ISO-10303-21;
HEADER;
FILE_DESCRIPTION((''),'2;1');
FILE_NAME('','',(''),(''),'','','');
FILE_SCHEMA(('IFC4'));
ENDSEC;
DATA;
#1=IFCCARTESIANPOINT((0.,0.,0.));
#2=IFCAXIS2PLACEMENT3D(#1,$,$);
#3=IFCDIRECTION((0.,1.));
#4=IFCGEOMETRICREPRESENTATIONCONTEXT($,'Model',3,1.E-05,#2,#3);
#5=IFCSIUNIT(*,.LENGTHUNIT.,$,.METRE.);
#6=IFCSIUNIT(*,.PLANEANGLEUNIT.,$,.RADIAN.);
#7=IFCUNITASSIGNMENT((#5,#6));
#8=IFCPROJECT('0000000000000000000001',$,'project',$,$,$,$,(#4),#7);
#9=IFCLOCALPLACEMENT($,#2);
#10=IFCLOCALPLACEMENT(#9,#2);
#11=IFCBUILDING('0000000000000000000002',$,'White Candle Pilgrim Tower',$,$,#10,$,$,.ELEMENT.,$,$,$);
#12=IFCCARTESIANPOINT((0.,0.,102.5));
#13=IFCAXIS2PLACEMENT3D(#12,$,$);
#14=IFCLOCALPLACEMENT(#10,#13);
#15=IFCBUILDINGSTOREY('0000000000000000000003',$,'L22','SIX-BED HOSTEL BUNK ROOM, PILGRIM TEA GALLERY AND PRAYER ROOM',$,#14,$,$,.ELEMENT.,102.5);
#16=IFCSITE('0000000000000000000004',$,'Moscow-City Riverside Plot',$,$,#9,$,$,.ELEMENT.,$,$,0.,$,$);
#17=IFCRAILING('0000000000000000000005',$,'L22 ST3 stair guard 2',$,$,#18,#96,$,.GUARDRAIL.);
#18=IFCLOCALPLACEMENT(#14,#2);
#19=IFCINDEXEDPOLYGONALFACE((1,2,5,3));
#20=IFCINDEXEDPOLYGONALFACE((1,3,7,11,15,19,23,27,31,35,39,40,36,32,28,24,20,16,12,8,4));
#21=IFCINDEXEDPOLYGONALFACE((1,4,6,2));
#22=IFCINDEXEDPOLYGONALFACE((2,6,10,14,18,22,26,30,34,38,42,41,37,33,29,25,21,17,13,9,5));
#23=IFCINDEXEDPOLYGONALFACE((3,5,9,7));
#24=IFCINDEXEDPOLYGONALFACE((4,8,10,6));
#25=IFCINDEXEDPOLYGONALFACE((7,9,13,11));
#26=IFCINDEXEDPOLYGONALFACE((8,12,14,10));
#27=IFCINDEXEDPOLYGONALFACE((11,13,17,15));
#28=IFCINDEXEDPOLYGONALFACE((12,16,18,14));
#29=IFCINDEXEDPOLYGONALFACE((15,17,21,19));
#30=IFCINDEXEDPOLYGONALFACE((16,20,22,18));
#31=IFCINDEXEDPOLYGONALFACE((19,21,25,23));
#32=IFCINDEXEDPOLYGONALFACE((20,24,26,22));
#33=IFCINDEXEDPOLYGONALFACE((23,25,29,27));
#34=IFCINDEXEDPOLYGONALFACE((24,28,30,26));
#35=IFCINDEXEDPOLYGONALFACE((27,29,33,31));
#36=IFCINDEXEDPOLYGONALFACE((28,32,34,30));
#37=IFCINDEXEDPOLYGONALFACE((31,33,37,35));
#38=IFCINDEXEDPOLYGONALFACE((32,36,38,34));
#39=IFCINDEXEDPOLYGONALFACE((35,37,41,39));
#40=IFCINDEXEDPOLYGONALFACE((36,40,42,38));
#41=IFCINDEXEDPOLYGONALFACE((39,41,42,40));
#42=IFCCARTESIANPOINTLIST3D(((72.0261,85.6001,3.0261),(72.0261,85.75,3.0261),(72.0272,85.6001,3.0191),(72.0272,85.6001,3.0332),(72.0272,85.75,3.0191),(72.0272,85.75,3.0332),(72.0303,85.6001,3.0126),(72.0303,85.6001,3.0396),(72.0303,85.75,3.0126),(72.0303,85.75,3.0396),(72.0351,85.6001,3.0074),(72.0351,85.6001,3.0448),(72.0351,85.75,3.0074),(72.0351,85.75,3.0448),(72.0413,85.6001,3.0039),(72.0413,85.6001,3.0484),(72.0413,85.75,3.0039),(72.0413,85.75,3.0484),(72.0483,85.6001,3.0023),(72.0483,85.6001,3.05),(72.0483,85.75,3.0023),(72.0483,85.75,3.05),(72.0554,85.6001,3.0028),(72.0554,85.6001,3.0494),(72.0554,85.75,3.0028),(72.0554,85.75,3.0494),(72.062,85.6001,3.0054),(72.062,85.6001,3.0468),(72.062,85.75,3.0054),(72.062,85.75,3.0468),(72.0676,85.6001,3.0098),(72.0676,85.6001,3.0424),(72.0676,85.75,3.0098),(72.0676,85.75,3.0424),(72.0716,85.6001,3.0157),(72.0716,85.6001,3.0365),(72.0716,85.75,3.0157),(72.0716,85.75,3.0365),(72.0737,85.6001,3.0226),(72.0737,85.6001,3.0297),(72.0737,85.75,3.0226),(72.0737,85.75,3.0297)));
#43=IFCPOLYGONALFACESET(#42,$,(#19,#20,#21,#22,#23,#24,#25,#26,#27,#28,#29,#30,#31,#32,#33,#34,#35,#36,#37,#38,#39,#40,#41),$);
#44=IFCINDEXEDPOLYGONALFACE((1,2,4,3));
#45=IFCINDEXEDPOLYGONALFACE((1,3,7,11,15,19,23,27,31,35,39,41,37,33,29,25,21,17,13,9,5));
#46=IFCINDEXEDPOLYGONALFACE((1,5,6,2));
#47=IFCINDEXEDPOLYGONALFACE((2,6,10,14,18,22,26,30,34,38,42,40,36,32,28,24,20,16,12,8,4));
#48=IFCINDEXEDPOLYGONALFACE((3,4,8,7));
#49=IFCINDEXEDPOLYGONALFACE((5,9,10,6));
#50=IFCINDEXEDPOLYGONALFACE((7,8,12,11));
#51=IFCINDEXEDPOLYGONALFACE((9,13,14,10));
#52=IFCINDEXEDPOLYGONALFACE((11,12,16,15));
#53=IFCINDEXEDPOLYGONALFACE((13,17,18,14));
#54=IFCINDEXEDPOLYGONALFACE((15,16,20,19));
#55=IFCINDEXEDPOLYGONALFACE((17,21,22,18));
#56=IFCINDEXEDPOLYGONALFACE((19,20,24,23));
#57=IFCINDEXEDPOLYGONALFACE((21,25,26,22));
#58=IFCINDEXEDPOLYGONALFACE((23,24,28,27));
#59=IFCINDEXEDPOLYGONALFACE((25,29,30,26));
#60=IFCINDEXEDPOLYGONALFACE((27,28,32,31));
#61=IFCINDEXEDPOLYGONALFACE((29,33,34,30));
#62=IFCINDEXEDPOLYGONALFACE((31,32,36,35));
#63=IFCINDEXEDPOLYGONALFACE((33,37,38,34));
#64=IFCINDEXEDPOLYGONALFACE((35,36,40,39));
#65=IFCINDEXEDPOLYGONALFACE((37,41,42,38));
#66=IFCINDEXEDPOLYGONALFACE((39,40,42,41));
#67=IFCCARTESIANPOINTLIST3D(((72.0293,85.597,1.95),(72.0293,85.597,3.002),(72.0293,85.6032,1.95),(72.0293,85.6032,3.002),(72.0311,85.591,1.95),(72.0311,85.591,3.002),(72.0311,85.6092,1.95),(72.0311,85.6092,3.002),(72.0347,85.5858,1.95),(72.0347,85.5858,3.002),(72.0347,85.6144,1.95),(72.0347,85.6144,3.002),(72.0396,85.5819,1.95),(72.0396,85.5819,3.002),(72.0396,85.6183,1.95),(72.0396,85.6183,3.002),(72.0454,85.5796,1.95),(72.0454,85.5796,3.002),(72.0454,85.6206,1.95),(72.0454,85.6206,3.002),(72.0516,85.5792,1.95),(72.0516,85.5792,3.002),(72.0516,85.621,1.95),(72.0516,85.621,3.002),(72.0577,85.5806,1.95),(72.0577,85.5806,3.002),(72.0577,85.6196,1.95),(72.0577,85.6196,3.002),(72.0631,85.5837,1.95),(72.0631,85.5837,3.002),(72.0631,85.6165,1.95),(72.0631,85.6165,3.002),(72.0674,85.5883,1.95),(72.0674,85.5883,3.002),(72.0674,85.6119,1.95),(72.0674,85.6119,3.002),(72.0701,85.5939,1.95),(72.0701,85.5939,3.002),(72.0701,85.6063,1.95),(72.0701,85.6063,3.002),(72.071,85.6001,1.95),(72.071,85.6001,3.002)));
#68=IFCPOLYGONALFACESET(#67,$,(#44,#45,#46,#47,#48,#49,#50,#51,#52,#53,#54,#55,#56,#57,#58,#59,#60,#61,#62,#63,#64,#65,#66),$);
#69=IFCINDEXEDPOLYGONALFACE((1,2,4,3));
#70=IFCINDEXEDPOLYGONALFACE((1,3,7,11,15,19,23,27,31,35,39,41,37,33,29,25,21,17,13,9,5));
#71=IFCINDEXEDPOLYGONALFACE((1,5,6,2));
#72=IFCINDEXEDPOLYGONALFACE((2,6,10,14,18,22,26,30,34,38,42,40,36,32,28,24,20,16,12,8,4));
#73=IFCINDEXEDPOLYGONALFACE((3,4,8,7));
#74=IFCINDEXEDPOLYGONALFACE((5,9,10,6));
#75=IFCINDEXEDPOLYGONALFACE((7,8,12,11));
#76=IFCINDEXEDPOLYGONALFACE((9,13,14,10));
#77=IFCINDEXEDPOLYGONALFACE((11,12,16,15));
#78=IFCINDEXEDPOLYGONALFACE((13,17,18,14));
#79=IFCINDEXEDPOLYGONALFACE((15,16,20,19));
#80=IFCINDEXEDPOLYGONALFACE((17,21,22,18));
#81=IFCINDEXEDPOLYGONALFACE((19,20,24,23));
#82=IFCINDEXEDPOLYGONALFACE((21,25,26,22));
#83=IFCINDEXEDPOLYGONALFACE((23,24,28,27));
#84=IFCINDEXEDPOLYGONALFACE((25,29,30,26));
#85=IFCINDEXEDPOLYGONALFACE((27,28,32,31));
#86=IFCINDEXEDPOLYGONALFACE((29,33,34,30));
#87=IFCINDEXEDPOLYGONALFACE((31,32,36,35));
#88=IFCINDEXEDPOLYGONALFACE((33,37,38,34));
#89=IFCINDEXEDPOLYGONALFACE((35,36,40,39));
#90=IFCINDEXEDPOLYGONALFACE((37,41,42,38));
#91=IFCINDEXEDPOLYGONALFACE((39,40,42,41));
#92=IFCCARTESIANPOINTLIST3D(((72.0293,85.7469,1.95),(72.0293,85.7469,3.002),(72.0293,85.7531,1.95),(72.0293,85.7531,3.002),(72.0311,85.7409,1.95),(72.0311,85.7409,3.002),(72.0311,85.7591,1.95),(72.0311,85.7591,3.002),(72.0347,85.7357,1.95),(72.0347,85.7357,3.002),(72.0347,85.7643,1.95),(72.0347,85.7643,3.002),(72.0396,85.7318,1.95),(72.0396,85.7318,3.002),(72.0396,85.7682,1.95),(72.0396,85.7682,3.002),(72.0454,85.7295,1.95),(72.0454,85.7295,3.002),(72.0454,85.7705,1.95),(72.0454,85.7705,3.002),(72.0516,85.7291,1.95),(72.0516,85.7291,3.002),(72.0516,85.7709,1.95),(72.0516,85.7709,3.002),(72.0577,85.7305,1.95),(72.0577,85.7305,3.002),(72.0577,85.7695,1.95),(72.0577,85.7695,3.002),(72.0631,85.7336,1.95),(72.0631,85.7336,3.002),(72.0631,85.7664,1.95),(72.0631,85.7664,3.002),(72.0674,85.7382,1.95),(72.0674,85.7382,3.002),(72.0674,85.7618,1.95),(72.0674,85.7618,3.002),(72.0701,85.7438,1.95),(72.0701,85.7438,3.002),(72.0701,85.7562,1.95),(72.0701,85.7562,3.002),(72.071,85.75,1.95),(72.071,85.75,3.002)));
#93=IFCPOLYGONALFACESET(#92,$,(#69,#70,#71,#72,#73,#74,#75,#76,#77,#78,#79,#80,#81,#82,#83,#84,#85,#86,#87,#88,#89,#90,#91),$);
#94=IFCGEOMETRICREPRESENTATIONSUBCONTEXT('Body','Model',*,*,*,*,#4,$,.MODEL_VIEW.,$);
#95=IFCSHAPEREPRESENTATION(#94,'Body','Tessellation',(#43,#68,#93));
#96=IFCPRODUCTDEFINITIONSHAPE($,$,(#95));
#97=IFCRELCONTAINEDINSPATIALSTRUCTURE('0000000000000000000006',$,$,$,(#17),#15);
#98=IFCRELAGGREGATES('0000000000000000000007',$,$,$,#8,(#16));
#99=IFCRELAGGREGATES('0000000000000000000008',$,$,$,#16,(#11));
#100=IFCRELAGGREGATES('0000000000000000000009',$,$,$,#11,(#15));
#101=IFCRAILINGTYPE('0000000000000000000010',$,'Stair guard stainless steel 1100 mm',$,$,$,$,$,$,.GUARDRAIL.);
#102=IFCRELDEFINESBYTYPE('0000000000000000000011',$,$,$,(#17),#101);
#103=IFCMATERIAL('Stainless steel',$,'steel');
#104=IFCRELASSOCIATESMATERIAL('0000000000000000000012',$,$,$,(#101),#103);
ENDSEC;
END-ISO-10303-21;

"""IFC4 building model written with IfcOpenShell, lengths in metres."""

from ifc_helpers import new_model, si_unit, direction, frame, origin, origin_2d, place, context, subcontext, project, spatial, circle, extrude, material, type_object, element, save


model = new_model("IFC4")

# Units and contexts
model_context = context("Model", 3, precision=1e-05, world=origin(), true_north=direction((0.0, 1.0)))
body_context = subcontext(model_context, "Body", "Model", "MODEL_VIEW")
ifc_project = project(units=[si_unit("LENGTHUNIT", "METRE"), si_unit("PLANEANGLEUNIT", "RADIAN")], contexts=[model_context])

# Site, building, storey
site_placement = place(None, origin())
site = spatial("IfcSite", under=ifc_project, at=site_placement, Name="Moscow-City Riverside Plot", CompositionType="ELEMENT", RefElevation=0.0)
building_placement = place(site_placement, origin())
building = spatial("IfcBuilding", under=site, at=building_placement, Name="White Candle Pilgrim Tower", CompositionType="ELEMENT")
storey_placement = place(building_placement, frame((0.0, 0.0, 102.5)))
storey = spatial("IfcBuildingStorey", under=building, at=storey_placement, Name="L22", Description="SIX-BED HOSTEL BUNK ROOM, PILGRIM TEA GALLERY AND PRAYER ROOM", CompositionType="ELEMENT", Elevation=102.5)

# Railing
ifc_material_1 = material(Name="Stainless steel", Category="steel")
railing_type_1 = type_object("IfcRailingType", Name="Stair guard stainless steel 1100 mm", PredefinedType="GUARDRAIL", material=ifc_material_1)
railing_1_placement = place(storey_placement, frame((72.05, 85.6001, 1.95)))
element("IfcRailing", 1, at=railing_1_placement, inside=storey, type_object=railing_type_1, Name="L22 ST3 stair guard 2", PredefinedType="GUARDRAIL", context=body_context, shape_type="SweptSolid", body=[
    extrude(circle(Radius=0.0239, at=origin_2d()), frame((0.0, 0.0, 1.0762), z_axis=(0.0, 1.0, 0.0), x_axis=(-1.0, 0.0, 0.0)), (0.0, 0.0, 1.0), 0.1499),
    extrude(circle(Radius=0.021, at=origin_2d()), origin(), (0.0, 0.0, 1.0), 1.052),
    extrude(circle(Radius=0.021, at=origin_2d()), frame((0.0, 0.1499, 0.0)), (0.0, 0.0, 1.0), 1.052),
])

save(model, "model.ifc")
